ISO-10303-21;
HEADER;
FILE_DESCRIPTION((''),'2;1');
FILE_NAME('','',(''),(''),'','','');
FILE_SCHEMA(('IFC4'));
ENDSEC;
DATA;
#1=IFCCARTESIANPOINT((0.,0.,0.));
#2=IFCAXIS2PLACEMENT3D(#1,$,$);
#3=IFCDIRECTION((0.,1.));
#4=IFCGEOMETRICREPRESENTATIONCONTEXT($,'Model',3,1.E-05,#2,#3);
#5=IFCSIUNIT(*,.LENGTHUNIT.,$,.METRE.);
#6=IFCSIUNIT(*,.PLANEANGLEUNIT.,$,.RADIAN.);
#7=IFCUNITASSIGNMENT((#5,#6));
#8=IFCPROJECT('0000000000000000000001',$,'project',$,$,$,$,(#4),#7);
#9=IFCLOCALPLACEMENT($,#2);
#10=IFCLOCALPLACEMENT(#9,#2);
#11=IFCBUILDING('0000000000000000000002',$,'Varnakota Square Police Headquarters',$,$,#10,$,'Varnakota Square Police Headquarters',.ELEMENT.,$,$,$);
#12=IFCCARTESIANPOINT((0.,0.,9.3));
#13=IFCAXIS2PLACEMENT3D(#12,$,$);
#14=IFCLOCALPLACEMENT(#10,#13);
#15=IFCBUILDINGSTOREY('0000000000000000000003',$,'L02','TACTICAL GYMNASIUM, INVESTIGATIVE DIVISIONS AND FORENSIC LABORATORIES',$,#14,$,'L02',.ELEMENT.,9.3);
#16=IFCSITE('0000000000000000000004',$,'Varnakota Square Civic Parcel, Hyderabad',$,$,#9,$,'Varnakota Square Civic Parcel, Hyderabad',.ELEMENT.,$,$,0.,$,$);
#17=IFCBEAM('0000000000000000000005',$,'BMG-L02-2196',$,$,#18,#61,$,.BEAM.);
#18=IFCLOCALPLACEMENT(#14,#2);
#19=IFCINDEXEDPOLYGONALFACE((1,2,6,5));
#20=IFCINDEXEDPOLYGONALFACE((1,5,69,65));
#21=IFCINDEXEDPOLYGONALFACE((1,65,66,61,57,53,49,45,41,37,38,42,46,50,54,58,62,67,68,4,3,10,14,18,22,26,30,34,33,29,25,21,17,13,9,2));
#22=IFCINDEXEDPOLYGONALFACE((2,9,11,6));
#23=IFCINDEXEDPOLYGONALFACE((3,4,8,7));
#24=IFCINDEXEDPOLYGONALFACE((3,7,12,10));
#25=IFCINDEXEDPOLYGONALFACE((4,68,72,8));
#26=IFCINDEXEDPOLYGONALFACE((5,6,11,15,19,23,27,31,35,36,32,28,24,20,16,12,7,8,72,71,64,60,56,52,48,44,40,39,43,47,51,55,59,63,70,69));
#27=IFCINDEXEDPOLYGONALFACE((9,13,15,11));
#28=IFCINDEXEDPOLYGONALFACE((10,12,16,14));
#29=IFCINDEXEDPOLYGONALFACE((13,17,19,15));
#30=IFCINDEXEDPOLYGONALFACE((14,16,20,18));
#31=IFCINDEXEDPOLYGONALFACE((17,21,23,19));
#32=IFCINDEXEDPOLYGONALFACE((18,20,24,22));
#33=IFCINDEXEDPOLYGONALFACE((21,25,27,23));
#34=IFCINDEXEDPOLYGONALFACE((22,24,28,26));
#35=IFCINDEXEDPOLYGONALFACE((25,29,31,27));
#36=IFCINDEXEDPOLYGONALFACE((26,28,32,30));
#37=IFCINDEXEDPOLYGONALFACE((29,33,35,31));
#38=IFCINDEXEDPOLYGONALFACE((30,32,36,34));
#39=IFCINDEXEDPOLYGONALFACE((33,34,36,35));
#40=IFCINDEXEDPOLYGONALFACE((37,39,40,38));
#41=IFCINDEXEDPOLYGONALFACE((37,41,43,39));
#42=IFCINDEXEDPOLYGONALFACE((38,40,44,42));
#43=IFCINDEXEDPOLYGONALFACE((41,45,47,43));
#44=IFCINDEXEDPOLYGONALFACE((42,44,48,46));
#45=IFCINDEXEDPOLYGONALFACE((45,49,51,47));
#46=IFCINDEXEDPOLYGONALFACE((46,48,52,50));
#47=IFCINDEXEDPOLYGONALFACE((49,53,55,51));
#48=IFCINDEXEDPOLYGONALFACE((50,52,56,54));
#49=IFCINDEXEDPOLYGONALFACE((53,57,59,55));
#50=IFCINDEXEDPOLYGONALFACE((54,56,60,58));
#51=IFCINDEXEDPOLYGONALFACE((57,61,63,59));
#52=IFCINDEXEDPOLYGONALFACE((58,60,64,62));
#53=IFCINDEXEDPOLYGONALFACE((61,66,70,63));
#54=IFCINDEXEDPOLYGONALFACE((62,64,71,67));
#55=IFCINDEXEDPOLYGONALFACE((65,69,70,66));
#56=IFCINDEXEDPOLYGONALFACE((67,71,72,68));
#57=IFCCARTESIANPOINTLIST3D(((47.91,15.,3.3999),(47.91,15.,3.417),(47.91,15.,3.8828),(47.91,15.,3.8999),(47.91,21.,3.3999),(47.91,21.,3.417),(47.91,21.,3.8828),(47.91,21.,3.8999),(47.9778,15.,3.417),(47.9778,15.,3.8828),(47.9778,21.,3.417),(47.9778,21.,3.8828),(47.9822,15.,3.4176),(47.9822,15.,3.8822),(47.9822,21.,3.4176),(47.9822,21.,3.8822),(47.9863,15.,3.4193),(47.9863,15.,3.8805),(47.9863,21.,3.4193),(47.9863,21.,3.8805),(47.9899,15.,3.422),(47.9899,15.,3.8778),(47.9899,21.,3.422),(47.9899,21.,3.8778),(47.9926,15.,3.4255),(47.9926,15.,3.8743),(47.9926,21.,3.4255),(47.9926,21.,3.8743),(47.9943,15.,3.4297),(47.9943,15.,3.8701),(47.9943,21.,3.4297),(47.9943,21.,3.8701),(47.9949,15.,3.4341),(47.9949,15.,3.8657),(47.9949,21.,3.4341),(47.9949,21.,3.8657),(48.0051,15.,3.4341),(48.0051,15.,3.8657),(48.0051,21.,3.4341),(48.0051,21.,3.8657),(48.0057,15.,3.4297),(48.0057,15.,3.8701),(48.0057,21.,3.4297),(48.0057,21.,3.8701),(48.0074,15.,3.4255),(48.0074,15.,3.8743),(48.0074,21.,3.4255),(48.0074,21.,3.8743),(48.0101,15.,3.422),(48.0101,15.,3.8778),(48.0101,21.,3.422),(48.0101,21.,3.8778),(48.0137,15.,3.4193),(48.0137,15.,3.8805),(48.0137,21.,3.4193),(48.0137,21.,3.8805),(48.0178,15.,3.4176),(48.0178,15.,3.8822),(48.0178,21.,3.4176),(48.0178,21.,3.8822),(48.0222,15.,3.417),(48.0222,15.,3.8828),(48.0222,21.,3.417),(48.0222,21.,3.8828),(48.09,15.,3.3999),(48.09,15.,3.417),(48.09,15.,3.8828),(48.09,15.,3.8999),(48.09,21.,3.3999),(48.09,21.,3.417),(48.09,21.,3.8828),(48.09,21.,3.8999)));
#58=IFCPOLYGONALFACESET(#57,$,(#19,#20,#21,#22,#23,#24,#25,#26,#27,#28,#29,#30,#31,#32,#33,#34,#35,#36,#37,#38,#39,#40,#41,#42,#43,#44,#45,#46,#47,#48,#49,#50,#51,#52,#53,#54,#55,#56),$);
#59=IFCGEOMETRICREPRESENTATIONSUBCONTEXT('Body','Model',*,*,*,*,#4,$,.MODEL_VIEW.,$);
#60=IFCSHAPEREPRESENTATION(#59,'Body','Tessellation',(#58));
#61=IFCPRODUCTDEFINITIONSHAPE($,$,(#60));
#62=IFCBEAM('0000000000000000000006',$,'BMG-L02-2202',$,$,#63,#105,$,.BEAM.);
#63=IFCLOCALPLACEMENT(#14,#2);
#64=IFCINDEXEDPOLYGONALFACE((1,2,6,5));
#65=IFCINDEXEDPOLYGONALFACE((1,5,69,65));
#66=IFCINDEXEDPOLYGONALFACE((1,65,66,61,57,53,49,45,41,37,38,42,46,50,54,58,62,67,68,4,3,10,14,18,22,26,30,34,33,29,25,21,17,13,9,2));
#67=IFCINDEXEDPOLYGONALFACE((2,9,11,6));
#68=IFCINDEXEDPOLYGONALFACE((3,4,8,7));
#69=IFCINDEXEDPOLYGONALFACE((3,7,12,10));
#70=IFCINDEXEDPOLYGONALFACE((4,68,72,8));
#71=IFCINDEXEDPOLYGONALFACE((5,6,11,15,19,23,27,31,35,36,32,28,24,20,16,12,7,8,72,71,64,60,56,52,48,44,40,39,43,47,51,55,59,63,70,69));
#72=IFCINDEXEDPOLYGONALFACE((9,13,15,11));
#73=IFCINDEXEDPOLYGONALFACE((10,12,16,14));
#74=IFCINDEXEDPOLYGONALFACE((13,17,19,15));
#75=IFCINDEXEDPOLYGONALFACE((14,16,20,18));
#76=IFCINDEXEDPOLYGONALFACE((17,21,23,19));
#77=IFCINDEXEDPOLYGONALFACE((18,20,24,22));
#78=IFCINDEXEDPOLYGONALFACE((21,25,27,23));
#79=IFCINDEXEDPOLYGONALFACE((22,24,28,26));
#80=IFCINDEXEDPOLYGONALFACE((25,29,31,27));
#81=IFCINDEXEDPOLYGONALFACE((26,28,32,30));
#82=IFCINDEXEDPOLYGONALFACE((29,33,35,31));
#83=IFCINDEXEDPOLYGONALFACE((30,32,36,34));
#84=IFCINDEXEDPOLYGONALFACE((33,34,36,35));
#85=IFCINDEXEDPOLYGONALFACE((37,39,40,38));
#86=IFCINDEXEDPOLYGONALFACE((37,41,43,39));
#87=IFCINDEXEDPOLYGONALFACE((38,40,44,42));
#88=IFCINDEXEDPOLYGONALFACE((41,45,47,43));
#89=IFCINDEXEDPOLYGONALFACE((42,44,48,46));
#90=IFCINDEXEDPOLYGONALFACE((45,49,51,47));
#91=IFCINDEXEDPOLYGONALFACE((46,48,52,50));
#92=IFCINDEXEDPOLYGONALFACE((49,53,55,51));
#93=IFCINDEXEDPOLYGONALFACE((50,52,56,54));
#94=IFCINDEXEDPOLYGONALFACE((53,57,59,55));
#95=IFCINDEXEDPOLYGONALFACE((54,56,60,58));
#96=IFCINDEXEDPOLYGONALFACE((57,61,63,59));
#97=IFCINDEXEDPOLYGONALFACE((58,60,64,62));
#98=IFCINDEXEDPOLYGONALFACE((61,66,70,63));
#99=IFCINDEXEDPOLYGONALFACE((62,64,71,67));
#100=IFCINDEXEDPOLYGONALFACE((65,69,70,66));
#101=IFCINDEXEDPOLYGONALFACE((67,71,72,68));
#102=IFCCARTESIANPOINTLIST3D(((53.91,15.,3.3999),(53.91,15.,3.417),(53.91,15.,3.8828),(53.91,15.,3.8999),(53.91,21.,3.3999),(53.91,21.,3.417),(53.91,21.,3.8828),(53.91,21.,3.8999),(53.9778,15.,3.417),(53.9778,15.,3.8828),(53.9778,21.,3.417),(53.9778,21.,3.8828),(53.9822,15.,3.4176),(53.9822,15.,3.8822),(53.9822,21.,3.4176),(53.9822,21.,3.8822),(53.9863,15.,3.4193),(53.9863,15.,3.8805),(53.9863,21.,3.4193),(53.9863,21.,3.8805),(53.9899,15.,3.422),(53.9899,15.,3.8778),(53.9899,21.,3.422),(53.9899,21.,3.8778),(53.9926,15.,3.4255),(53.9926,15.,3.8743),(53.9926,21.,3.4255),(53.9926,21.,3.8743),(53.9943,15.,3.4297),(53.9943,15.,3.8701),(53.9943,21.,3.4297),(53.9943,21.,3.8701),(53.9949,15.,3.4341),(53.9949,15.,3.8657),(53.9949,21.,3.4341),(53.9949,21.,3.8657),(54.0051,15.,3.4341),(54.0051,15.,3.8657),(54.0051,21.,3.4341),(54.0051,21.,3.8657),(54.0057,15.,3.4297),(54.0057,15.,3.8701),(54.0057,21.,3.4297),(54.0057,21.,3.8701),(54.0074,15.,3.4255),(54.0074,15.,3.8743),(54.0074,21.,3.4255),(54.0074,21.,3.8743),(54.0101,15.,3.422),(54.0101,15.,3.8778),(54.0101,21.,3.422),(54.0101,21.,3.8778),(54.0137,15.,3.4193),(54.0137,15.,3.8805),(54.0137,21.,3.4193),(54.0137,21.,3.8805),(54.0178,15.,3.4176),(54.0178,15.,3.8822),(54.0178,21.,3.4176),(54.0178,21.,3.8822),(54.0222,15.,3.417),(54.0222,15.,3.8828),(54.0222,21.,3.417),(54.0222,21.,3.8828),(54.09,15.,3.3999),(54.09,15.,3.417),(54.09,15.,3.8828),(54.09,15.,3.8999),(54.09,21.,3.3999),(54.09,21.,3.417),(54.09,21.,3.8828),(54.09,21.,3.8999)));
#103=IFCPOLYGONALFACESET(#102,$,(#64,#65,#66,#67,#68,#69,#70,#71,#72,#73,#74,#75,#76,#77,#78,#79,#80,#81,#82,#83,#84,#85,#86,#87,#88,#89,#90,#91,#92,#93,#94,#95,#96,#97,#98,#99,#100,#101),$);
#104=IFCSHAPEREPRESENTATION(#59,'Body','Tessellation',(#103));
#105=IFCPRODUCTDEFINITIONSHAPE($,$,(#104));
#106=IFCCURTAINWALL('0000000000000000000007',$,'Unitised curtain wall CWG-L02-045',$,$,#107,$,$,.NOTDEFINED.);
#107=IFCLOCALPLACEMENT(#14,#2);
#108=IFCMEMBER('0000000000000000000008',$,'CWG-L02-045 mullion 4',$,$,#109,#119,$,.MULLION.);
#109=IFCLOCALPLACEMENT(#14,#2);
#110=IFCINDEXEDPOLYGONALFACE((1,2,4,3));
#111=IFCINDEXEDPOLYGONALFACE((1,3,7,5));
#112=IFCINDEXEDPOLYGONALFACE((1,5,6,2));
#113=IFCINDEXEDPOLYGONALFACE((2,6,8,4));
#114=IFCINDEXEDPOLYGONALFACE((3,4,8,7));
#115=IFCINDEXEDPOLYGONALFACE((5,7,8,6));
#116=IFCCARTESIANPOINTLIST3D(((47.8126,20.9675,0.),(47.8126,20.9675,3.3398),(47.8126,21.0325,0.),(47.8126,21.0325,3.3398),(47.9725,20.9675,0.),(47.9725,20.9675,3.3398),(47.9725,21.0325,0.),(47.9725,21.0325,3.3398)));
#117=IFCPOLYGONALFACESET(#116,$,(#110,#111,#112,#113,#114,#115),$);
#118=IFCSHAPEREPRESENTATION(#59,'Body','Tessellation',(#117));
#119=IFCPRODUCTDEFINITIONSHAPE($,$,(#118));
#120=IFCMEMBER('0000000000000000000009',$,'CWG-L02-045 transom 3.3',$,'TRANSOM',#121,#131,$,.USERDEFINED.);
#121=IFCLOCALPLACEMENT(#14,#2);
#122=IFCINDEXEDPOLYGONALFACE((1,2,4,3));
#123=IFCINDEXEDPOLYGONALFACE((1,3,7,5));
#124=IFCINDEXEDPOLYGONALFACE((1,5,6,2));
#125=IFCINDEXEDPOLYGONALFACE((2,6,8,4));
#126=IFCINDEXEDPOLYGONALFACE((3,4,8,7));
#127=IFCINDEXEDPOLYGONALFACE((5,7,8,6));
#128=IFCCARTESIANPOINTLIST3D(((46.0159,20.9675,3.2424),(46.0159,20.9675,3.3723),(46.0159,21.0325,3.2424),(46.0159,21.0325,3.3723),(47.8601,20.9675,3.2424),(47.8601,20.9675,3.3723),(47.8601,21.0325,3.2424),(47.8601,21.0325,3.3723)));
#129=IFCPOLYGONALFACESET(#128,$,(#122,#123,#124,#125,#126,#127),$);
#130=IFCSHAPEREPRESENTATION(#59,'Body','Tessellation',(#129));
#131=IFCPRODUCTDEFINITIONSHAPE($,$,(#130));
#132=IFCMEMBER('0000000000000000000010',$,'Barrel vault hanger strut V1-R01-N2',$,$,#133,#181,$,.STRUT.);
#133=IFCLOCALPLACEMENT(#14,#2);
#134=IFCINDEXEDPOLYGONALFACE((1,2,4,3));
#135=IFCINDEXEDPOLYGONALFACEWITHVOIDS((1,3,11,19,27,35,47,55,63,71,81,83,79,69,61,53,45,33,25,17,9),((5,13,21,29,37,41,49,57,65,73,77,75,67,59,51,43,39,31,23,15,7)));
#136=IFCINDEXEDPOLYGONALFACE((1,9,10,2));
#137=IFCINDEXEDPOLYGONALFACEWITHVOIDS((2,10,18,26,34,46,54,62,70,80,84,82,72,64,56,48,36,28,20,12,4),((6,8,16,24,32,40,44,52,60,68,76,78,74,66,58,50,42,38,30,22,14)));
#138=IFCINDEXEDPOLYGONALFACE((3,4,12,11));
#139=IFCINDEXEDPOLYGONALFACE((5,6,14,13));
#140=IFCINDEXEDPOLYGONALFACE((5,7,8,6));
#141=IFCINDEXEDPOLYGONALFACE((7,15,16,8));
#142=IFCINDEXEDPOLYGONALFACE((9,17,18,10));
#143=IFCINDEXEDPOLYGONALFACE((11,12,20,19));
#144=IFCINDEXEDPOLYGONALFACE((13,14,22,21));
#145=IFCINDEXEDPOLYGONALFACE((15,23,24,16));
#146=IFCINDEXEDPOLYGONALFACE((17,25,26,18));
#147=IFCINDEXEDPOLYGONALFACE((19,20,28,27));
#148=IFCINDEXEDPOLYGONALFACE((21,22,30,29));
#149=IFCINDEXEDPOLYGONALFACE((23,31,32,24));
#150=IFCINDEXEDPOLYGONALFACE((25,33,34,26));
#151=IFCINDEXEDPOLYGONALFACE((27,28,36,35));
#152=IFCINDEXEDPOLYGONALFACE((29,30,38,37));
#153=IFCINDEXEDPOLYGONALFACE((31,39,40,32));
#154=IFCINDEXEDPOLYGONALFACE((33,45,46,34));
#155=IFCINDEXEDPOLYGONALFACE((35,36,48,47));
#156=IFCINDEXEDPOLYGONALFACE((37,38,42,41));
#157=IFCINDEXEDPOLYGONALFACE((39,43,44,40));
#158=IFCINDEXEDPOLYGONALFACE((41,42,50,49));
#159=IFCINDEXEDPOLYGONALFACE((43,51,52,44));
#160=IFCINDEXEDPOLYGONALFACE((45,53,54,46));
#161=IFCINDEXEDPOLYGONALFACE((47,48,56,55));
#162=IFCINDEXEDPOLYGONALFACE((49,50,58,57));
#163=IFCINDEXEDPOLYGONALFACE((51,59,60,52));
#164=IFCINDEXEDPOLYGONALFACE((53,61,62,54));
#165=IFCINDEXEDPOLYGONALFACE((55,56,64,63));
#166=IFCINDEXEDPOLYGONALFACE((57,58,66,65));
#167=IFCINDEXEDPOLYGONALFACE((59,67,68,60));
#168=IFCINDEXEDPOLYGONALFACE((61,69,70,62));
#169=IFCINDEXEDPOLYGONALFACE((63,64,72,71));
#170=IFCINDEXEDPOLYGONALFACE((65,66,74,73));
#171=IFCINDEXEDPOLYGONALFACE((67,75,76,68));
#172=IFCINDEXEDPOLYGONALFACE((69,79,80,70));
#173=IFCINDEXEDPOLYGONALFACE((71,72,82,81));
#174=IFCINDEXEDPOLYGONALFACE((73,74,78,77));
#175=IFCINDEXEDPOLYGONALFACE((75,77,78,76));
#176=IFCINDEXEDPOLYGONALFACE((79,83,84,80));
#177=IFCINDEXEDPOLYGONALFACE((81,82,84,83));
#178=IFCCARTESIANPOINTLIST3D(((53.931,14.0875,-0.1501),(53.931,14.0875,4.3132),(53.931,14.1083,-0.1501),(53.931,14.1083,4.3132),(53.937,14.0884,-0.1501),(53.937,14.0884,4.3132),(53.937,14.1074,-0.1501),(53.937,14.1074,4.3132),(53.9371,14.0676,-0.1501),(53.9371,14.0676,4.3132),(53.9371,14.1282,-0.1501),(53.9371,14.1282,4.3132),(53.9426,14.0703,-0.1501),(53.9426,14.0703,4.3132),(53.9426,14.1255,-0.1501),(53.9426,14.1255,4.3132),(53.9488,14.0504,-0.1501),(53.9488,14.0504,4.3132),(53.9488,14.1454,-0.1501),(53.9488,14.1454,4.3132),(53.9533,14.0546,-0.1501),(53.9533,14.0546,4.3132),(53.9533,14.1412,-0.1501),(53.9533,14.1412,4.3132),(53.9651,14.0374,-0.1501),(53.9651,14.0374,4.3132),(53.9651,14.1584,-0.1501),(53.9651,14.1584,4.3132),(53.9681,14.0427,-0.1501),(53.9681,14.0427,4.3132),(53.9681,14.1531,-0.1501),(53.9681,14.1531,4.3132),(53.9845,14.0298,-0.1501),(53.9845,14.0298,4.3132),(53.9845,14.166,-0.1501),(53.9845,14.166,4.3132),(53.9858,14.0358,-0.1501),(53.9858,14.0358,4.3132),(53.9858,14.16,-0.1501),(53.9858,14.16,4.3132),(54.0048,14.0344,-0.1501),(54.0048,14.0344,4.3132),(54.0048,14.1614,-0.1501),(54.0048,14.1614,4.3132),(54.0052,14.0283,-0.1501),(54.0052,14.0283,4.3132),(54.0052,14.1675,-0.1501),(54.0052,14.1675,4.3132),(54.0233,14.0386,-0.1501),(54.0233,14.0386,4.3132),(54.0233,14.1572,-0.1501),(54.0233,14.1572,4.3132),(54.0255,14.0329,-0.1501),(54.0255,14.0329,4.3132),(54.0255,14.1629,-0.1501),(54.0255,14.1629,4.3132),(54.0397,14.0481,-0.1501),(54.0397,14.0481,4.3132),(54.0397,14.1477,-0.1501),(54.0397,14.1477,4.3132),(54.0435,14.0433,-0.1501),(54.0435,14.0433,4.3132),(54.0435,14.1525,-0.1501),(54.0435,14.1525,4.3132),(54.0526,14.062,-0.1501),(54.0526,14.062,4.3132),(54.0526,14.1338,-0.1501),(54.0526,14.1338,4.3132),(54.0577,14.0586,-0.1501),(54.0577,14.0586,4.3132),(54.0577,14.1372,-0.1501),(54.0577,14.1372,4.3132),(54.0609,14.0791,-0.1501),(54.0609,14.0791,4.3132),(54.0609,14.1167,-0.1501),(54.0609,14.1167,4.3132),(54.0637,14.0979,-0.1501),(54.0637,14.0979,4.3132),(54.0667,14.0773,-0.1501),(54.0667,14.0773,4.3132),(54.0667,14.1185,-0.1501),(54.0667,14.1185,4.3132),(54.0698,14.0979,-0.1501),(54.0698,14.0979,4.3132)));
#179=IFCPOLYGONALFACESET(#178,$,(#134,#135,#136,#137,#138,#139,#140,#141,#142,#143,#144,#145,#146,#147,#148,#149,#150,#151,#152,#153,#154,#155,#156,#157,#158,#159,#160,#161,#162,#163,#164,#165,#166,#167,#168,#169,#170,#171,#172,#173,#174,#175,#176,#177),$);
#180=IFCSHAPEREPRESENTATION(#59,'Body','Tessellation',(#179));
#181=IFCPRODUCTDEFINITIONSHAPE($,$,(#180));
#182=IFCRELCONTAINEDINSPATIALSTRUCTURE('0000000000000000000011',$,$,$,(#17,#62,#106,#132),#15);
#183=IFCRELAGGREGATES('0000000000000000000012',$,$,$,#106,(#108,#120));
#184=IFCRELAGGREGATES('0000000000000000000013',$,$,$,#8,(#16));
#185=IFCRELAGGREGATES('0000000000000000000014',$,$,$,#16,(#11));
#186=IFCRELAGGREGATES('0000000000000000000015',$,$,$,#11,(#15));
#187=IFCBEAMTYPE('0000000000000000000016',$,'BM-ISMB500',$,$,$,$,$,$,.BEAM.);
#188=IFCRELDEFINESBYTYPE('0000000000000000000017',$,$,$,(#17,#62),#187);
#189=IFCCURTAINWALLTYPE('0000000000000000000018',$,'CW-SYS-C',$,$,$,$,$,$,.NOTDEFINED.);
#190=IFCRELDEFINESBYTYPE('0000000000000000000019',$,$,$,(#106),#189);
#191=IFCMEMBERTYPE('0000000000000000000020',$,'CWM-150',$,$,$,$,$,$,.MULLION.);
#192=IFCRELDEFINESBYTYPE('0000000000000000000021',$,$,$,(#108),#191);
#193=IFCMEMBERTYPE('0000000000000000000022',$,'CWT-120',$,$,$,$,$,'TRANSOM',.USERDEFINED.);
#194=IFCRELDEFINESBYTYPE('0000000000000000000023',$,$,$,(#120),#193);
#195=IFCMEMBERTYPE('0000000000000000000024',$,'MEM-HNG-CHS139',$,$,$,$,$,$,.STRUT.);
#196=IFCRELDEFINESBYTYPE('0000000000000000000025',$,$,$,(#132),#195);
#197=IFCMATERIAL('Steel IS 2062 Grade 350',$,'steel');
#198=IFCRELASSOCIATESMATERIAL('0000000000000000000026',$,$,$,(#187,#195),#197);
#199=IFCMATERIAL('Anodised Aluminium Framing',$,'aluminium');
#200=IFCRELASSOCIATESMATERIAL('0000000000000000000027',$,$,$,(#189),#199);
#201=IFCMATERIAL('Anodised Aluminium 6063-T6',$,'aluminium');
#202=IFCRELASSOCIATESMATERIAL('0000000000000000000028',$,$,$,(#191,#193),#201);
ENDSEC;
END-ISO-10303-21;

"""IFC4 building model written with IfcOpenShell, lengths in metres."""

from ifc_helpers import new_model, si_unit, direction, frame, origin, origin_2d, place, context, subcontext, project, spatial, rectangle, hollow_circle, i_section, extrude, material, material_profile, profile_set, type_object, element, aggregate, save


model = new_model("IFC4")

# Units and contexts
model_context = context("Model", 3, precision=1e-05, world=origin(), true_north=direction((0.0, 1.0)))
body_context = subcontext(model_context, "Body", "Model", "MODEL_VIEW")
ifc_project = project(units=[si_unit("LENGTHUNIT", "METRE"), si_unit("PLANEANGLEUNIT", "RADIAN")], contexts=[model_context])

# Site, building, storey
site_placement = place(None, origin())
site = spatial("IfcSite", under=ifc_project, at=site_placement, Name="Varnakota Square Civic Parcel, Hyderabad", LongName="Varnakota Square Civic Parcel, Hyderabad", CompositionType="ELEMENT", RefElevation=0.0)
building_placement = place(site_placement, origin())
building = spatial("IfcBuilding", under=site, at=building_placement, Name="Varnakota Square Police Headquarters", LongName="Varnakota Square Police Headquarters", CompositionType="ELEMENT")
storey_placement = place(building_placement, frame((0.0, 0.0, 9.3)))
storey = spatial("IfcBuildingStorey", under=building, at=storey_placement, Name="L02", Description="TACTICAL GYMNASIUM, INVESTIGATIVE DIVISIONS AND FORENSIC LABORATORIES", LongName="L02", CompositionType="ELEMENT", Elevation=9.3)

# Shared definitions
ifc_material_1 = material(Name="Steel IS 2062 Grade 350", Category="steel")

# Beams
ifc_material_profile_1 = material_profile(ifc_material_1, i_section(OverallWidth=0.1799, OverallDepth=0.5, WebThickness=0.0103, FlangeThickness=0.0171, FilletRadius=0.0171, at=origin_2d()), Name="ISMB 500")
ifc_profile_set_1 = profile_set([ifc_material_profile_1], Name="Steel IS 2062 Grade 350")
beam_type_1 = type_object("IfcBeamType", Name="BM-ISMB500", PredefinedType="BEAM", material=ifc_profile_set_1)
for number, where, z_axis, x_axis, name in (
    (1, (48.0, 15.0, 3.6499), (0.0, 1.0, 0.0), (-1.0, 0.0, 0.0), "BMG-L02-2196"),
    (2, (54.0, 15.0, 3.6499), (0.0, 1.0, 0.0), (-1.0, 0.0, 0.0), "BMG-L02-2202"),
):
    element("IfcBeam", number, at=place(storey_placement, frame(where, z_axis=z_axis, x_axis=x_axis)), inside=storey, type_object=beam_type_1, Name=name, PredefinedType="BEAM", context=body_context, shape_type="SweptSolid", body=[
        extrude(i_section(OverallWidth=0.1799, OverallDepth=0.5, WebThickness=0.0103, FlangeThickness=0.0171, FilletRadius=0.0171, at=origin_2d()), origin(), (0.0, 0.0, 1.0), 6.0),
    ])

# Curtain wall, members
ifc_material_2 = material(Name="Anodised Aluminium Framing", Category="aluminium")
curtain_wall_type = type_object("IfcCurtainWallType", Name="CW-SYS-C", PredefinedType="NOTDEFINED", material=ifc_material_2)
curtain_wall_placement = place(storey_placement, origin())
curtain_wall = element("IfcCurtainWall", 3, at=curtain_wall_placement, inside=storey, type_object=curtain_wall_type, Name="Unitised curtain wall CWG-L02-045", PredefinedType="NOTDEFINED")
ifc_material_3 = material(Name="Anodised Aluminium 6063-T6", Category="aluminium")
ifc_material_profile_2 = material_profile(ifc_material_3, rectangle(XDim=0.0649, YDim=0.1599, at=origin_2d()), Name="ALU MULLION 65x160")
ifc_profile_set_2 = profile_set([ifc_material_profile_2], Name="Anodised Aluminium 6063-T6")
member_type_1 = type_object("IfcMemberType", Name="CWM-150", PredefinedType="MULLION", material=ifc_profile_set_2)
member_1_placement = place(storey_placement, frame((47.8926, 21.0, 0.0), z_axis=(0.0, 0.0, 1.0), x_axis=(0.0, 1.0, 0.0)))
member_1 = element("IfcMember", 4, at=member_1_placement, type_object=member_type_1, Name="CWG-L02-045 mullion 4", PredefinedType="MULLION", context=body_context, shape_type="SweptSolid", body=[
    extrude(rectangle(XDim=0.0649, YDim=0.1599, at=origin_2d()), origin(), (0.0, 0.0, 1.0), 3.3398),
])
ifc_material_profile_3 = material_profile(ifc_material_3, rectangle(XDim=0.0649, YDim=0.1299, at=origin_2d()), Name="ALU TRANSOM 65x130")
ifc_profile_set_3 = profile_set([ifc_material_profile_3], Name="Anodised Aluminium 6063-T6")
member_type_2 = type_object("IfcMemberType", Name="CWT-120", ElementType="TRANSOM", PredefinedType="USERDEFINED", material=ifc_profile_set_3)
member_2_placement = place(storey_placement, frame((46.0159, 21.0, 3.3074), z_axis=(1.0, 0.0, 0.0), x_axis=(0.0, 1.0, 0.0)))
member_2 = element("IfcMember", 5, at=member_2_placement, type_object=member_type_2, Name="CWG-L02-045 transom 3.3", ObjectType="TRANSOM", PredefinedType="USERDEFINED", context=body_context, shape_type="SweptSolid", body=[
    extrude(rectangle(XDim=0.0649, YDim=0.1299, at=origin_2d()), origin(), (0.0, 0.0, 1.0), 1.8442),
])

# Member
ifc_material_profile_4 = material_profile(ifc_material_1, hollow_circle(Radius=0.0698, WallThickness=0.0061, at=origin_2d()), Name="CHS 139.7x6.0")
ifc_profile_set_4 = profile_set([ifc_material_profile_4], Name="Steel IS 2062 Grade 350")
member_type_3 = type_object("IfcMemberType", Name="MEM-HNG-CHS139", PredefinedType="STRUT", material=ifc_profile_set_4)
member_3_placement = place(storey_placement, frame((54.0, 14.0979, -0.1501), z_axis=(0.0, 0.0, 1.0), x_axis=(1.0, 0.0, 0.0)))
element("IfcMember", 6, at=member_3_placement, inside=storey, type_object=member_type_3, Name="Barrel vault hanger strut V1-R01-N2", PredefinedType="STRUT", context=body_context, shape_type="SweptSolid", body=[
    extrude(hollow_circle(Radius=0.0698, WallThickness=0.0061, at=origin_2d()), origin(), (0.0, 0.0, 1.0), 4.4634),
])

aggregate(curtain_wall, [member_1, member_2])

save(model, "model.ifc")
